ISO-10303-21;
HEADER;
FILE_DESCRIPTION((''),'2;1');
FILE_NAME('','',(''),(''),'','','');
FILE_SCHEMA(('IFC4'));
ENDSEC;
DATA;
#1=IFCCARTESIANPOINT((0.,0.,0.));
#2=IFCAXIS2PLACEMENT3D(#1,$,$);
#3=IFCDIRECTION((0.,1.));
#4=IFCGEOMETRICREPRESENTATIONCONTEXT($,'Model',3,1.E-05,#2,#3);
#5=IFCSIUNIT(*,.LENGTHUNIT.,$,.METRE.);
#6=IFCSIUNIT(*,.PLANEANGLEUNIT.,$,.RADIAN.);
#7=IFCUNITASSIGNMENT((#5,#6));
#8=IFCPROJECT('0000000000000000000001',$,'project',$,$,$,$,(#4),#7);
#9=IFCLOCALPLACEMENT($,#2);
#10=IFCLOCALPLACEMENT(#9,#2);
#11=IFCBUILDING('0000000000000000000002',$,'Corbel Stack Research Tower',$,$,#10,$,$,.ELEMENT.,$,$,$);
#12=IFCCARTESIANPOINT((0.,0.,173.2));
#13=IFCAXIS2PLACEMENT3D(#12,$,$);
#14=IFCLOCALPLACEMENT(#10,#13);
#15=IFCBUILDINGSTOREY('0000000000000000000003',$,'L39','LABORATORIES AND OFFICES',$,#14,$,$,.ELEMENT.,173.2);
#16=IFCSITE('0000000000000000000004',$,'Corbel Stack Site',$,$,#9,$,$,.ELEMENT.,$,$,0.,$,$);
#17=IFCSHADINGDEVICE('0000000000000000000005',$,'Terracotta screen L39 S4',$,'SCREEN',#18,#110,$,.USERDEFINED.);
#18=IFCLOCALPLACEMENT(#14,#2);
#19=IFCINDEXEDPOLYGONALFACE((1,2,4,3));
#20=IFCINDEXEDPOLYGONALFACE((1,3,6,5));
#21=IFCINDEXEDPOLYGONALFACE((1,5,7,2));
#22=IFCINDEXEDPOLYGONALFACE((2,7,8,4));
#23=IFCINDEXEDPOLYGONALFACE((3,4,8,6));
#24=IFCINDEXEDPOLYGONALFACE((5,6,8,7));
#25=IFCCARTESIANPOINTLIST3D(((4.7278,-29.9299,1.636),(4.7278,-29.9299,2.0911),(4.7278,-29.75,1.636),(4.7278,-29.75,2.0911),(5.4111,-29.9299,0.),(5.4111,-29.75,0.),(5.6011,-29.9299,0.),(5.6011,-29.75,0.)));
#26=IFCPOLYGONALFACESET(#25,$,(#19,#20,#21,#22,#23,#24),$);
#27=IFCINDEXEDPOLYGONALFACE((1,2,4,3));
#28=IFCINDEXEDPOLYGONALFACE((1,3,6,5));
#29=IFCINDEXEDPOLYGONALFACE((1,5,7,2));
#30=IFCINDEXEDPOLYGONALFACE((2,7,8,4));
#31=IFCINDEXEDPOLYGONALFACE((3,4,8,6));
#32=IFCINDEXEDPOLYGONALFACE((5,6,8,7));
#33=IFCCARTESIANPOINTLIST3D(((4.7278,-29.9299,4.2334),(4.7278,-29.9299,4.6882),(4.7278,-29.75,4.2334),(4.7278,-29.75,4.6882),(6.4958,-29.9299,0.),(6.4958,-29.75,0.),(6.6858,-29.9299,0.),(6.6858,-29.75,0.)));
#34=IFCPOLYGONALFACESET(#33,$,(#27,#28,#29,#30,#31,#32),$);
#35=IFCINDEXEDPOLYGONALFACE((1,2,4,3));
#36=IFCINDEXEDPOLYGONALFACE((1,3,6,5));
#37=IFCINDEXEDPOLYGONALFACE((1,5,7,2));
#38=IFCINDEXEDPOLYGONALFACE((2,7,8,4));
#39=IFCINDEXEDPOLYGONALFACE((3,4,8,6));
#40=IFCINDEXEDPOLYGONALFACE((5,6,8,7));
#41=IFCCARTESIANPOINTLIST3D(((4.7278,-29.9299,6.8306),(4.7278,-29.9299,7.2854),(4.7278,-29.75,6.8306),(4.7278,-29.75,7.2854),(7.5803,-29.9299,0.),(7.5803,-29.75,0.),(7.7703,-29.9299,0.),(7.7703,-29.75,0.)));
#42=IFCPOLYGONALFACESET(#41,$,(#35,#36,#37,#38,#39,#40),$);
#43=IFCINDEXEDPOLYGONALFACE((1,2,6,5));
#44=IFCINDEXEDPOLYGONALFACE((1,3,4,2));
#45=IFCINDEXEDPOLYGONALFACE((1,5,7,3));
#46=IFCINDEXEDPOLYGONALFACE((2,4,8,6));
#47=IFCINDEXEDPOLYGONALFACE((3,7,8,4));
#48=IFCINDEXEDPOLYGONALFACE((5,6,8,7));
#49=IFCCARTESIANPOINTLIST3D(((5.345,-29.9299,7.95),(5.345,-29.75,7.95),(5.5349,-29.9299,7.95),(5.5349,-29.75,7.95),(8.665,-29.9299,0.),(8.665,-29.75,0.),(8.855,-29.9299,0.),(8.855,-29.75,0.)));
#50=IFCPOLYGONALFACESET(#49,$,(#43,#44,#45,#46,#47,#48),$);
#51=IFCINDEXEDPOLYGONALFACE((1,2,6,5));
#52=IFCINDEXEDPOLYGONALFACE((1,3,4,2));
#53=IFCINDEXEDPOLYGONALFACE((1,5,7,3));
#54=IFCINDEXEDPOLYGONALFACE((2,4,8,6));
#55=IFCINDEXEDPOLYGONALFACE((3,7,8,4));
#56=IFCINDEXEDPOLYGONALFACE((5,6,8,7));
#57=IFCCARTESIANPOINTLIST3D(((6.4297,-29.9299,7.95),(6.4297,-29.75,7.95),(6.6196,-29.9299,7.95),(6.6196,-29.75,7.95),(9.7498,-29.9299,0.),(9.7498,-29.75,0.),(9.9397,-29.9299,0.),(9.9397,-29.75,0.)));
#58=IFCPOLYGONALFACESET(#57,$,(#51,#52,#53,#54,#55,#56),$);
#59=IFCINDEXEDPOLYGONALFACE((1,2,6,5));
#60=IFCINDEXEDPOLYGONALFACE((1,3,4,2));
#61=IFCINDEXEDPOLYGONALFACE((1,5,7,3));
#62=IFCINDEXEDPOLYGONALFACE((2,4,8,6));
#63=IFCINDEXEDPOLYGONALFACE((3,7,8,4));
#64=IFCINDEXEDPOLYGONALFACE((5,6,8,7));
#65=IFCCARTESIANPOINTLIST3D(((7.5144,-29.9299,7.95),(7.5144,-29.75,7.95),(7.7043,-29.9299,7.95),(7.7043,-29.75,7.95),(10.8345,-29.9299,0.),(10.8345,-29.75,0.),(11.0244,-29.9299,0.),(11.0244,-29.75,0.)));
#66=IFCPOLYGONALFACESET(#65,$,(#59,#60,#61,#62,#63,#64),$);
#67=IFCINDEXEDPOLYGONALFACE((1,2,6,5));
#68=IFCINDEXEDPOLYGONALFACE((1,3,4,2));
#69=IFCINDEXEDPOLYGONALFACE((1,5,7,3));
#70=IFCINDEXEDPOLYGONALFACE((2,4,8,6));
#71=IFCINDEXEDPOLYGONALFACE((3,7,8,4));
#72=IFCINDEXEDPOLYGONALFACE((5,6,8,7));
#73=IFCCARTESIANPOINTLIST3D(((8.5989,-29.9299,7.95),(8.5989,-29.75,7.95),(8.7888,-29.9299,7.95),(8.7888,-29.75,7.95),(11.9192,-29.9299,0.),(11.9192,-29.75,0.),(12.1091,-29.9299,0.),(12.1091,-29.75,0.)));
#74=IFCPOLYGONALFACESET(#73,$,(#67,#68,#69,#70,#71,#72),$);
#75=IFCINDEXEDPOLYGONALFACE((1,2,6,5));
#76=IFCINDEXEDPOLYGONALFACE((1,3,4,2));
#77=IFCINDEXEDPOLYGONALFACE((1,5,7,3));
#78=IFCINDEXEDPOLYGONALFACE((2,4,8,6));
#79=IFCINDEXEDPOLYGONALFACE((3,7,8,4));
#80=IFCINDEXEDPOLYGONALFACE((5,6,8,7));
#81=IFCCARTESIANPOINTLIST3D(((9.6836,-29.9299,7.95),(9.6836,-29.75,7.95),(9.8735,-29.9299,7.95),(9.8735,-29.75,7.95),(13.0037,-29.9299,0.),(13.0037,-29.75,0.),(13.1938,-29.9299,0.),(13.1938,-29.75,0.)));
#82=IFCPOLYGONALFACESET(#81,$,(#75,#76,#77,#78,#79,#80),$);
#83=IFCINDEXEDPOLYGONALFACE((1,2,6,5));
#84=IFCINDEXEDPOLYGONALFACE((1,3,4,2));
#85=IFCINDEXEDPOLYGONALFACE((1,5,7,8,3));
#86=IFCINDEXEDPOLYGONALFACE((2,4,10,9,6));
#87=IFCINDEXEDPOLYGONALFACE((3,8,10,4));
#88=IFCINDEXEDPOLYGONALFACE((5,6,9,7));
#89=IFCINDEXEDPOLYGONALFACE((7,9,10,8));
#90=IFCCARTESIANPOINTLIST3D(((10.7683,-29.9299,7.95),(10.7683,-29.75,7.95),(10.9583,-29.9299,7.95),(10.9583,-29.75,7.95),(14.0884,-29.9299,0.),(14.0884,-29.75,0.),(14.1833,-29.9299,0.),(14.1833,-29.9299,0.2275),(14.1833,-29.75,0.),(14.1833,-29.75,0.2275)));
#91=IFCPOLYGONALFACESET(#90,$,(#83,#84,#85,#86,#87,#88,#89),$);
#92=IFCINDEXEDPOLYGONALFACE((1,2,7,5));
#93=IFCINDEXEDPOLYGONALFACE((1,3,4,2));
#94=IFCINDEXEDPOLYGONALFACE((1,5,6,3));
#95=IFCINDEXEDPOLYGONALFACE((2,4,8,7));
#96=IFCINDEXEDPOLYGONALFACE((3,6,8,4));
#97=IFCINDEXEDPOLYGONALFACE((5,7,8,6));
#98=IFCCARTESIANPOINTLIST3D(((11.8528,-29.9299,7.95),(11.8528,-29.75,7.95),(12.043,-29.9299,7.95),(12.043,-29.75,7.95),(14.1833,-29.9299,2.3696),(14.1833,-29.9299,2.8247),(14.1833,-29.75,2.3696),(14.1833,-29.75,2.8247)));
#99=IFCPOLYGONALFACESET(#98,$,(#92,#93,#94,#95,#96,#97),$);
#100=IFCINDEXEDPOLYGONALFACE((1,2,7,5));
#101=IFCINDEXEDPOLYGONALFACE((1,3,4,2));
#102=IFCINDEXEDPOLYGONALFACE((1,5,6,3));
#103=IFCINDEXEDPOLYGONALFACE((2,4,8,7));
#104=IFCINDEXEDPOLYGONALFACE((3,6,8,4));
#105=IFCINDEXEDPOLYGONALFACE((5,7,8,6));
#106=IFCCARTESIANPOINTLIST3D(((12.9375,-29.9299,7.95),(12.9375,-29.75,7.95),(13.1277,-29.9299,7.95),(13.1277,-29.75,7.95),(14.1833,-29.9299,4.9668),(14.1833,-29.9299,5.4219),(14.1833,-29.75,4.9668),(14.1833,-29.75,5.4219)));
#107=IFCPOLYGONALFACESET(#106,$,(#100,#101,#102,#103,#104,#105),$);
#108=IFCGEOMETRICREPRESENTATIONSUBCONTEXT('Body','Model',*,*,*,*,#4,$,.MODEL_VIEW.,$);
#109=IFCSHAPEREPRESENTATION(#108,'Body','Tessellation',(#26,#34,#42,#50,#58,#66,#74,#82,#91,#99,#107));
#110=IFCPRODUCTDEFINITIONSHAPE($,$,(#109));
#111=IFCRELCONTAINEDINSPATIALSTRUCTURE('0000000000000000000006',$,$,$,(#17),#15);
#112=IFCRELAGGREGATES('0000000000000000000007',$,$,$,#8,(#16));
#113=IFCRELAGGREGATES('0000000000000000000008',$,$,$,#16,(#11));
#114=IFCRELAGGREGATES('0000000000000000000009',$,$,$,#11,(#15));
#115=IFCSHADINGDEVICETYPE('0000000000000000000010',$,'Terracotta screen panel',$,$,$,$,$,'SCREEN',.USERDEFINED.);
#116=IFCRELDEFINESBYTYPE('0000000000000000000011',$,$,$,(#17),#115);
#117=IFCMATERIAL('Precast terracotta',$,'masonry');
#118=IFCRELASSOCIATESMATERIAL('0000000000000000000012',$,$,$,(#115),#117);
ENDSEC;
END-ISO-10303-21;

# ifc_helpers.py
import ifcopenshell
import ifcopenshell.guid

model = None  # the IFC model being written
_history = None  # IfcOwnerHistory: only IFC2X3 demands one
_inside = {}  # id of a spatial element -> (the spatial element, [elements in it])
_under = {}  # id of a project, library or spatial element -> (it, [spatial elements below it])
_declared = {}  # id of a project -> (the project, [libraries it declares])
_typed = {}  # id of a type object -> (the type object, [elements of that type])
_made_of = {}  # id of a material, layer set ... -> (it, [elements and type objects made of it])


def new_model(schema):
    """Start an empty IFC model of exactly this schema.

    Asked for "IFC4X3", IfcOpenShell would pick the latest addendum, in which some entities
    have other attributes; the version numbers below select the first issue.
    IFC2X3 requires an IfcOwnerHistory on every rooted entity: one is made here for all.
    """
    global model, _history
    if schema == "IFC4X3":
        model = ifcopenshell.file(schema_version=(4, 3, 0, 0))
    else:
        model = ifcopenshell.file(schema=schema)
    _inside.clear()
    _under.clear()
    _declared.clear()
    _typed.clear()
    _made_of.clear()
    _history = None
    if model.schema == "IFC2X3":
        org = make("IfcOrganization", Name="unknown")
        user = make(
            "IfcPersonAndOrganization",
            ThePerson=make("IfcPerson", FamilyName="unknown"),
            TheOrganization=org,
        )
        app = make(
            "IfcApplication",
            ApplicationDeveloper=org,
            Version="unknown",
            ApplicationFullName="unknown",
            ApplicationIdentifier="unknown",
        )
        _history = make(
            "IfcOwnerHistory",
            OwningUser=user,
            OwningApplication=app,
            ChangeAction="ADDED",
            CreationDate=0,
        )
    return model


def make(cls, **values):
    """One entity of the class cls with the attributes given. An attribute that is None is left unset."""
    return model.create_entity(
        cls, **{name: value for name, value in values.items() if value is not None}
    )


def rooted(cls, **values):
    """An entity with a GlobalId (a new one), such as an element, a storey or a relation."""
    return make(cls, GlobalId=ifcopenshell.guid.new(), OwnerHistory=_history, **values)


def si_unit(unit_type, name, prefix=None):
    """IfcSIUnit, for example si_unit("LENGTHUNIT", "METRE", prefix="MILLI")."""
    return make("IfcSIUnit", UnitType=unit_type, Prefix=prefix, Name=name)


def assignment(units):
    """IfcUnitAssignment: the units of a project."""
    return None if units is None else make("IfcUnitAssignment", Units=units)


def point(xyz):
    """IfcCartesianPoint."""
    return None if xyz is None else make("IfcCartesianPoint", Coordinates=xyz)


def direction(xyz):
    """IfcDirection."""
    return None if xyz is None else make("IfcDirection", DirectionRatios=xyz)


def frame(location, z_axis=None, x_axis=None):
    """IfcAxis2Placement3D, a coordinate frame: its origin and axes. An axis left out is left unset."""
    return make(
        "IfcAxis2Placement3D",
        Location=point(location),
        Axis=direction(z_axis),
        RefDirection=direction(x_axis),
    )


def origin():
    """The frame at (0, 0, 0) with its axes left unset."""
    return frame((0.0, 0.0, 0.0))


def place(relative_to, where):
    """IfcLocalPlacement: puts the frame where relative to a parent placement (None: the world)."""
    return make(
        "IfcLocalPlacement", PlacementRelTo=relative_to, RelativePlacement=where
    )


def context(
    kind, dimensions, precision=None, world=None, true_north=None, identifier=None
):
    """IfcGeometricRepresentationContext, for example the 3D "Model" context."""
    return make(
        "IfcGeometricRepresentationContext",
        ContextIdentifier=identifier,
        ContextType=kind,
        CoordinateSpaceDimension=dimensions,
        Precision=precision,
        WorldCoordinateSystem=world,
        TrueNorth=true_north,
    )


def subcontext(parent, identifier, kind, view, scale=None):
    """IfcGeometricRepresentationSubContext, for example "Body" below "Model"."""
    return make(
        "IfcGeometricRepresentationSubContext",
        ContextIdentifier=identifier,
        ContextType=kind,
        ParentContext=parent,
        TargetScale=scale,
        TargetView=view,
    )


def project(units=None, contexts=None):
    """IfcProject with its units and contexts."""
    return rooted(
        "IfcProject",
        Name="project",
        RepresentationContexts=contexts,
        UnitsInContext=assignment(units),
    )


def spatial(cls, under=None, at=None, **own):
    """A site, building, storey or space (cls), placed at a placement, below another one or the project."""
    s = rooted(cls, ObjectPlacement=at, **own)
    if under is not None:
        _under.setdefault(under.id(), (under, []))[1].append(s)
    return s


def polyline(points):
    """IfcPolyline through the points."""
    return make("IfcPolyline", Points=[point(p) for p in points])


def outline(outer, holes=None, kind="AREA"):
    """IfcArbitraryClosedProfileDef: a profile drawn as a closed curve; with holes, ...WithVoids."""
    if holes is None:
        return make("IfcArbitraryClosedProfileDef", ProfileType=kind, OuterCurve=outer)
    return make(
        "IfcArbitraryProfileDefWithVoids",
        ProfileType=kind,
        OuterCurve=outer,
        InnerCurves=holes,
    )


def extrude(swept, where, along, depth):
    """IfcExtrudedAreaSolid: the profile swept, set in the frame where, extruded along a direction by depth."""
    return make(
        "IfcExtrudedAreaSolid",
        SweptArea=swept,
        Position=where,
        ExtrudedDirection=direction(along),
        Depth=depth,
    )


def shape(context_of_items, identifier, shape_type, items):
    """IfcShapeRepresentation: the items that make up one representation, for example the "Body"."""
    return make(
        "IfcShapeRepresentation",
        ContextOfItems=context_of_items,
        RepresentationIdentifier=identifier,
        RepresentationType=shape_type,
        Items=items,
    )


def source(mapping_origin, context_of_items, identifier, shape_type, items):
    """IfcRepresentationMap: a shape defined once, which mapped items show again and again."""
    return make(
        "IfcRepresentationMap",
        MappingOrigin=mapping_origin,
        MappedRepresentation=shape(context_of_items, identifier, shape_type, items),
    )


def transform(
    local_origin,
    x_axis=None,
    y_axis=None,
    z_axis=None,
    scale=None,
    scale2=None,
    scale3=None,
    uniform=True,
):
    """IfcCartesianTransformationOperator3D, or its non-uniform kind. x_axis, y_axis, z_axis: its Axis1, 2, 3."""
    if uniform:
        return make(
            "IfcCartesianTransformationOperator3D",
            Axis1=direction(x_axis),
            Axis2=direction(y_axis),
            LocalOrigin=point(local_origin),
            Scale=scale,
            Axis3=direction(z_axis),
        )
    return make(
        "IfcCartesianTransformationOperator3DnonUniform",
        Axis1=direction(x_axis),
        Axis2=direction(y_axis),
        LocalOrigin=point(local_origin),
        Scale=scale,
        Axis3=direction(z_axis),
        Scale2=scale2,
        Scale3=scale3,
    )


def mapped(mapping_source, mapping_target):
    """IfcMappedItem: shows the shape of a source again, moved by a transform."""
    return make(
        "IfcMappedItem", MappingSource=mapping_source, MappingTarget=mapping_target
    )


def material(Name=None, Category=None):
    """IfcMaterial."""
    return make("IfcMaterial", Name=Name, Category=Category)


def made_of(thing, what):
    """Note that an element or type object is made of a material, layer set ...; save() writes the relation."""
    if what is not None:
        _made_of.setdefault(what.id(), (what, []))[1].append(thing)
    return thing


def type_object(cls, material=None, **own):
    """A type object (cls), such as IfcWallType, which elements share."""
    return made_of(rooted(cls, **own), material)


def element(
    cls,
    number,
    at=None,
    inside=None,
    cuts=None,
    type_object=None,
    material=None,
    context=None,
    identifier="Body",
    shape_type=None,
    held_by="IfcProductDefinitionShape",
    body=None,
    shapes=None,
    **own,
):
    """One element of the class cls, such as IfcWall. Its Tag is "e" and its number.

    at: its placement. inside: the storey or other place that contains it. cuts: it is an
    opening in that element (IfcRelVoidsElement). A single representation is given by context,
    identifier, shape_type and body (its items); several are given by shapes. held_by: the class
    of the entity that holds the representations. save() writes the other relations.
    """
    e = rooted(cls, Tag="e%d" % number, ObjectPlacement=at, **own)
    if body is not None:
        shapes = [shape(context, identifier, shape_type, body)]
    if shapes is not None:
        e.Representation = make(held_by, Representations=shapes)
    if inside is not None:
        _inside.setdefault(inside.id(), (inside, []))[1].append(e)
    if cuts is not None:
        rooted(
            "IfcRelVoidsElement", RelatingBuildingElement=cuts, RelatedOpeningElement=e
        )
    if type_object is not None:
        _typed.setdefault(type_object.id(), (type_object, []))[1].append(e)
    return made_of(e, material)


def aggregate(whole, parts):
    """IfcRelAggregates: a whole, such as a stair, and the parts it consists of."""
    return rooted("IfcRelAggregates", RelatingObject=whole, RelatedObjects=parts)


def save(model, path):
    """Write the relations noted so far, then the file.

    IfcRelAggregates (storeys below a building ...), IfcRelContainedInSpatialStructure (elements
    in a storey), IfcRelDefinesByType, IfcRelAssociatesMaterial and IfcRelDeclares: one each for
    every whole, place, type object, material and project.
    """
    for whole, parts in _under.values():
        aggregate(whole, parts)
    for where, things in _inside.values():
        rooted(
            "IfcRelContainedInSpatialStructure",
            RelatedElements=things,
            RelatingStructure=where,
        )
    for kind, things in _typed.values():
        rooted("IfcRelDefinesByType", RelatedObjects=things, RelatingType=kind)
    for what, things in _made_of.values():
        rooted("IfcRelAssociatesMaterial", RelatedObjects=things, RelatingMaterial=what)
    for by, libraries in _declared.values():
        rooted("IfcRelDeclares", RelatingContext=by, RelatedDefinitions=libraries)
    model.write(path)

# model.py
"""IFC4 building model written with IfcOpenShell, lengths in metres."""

from ifc_helpers import new_model, si_unit, direction, frame, origin, place, context, subcontext, project, spatial, polyline, outline, extrude, source, transform, mapped, material, type_object, element, save


model = new_model("IFC4")

# Units and contexts
model_context = context("Model", 3, precision=1e-05, world=origin(), true_north=direction((0.0, 1.0)))
body_context = subcontext(model_context, "Body", "Model", "MODEL_VIEW")
ifc_project = project(units=[si_unit("LENGTHUNIT", "METRE"), si_unit("PLANEANGLEUNIT", "RADIAN")], contexts=[model_context])

# Site, building, storey
site_placement = place(None, origin())
site = spatial("IfcSite", under=ifc_project, at=site_placement, Name="Corbel Stack Site", CompositionType="ELEMENT", RefElevation=0.0)
building_placement = place(site_placement, origin())
building = spatial("IfcBuilding", under=site, at=building_placement, Name="Corbel Stack Research Tower", CompositionType="ELEMENT")
storey_placement = place(building_placement, frame((0.0, 0.0, 173.2)))
storey = spatial("IfcBuildingStorey", under=building, at=storey_placement, Name="L39", Description="LABORATORIES AND OFFICES", CompositionType="ELEMENT", Elevation=173.2)

# Shading device
ifc_material_1 = material(Name="Precast terracotta", Category="masonry")
shading_device_type = type_object("IfcShadingDeviceType", Name="Terracotta screen panel", ElementType="SCREEN", PredefinedType="USERDEFINED", material=ifc_material_1)
shared_shape = source(origin(), body_context, "Body", "SweptSolid", [
    extrude(outline(polyline([(0.8733, 0.0), (0.0, 2.0911), (0.0, 1.636), (0.6833, 0.0), (0.8733, 0.0)])), frame((0.0, 0.0, 0.0), z_axis=(0.0, -1.0, 0.0), x_axis=(1.0, 0.0, 0.0)), (0.0, 0.0, 1.0), 0.1799),
    extrude(outline(polyline([(1.958, 0.0), (0.0, 4.6882), (0.0, 4.2334), (1.7681, 0.0), (1.958, 0.0)])), frame((0.0, 0.0, 0.0), z_axis=(0.0, -1.0, 0.0), x_axis=(1.0, 0.0, 0.0)), (0.0, 0.0, 1.0), 0.1799),
    extrude(outline(polyline([(3.0425, 0.0), (0.0, 7.2854), (0.0, 6.8306), (2.8525, 0.0), (3.0425, 0.0)])), frame((0.0, 0.0, 0.0), z_axis=(0.0, -1.0, 0.0), x_axis=(1.0, 0.0, 0.0)), (0.0, 0.0, 1.0), 0.1799),
    extrude(outline(polyline([(4.1272, 0.0), (0.8071, 7.95), (0.6172, 7.95), (3.9373, 0.0), (4.1272, 0.0)])), frame((0.0, 0.0, 0.0), z_axis=(0.0, -1.0, 0.0), x_axis=(1.0, 0.0, 0.0)), (0.0, 0.0, 1.0), 0.1799),
    extrude(outline(polyline([(5.2119, 0.0), (1.8918, 7.95), (1.7019, 7.95), (5.022, 0.0), (5.2119, 0.0)])), frame((0.0, 0.0, 0.0), z_axis=(0.0, -1.0, 0.0), x_axis=(1.0, 0.0, 0.0)), (0.0, 0.0, 1.0), 0.1799),
    extrude(outline(polyline([(6.2966, 0.0), (2.9766, 7.95), (2.7866, 7.95), (6.1067, 0.0), (6.2966, 0.0)])), frame((0.0, 0.0, 0.0), z_axis=(0.0, -1.0, 0.0), x_axis=(1.0, 0.0, 0.0)), (0.0, 0.0, 1.0), 0.1799),
    extrude(outline(polyline([(7.3813, 0.0), (4.061, 7.95), (3.8711, 7.95), (7.1914, 0.0), (7.3813, 0.0)])), frame((0.0, 0.0, 0.0), z_axis=(0.0, -1.0, 0.0), x_axis=(1.0, 0.0, 0.0)), (0.0, 0.0, 1.0), 0.1799),
    extrude(outline(polyline([(8.4661, 0.0), (5.1458, 7.95), (4.9558, 7.95), (8.2759, 0.0), (8.4661, 0.0)])), frame((0.0, 0.0, 0.0), z_axis=(0.0, -1.0, 0.0), x_axis=(1.0, 0.0, 0.0)), (0.0, 0.0, 1.0), 0.1799),
    extrude(outline(polyline([(9.4556, 0.0), (9.4556, 0.2275), (6.2305, 7.95), (6.0405, 7.95), (9.3606, 0.0), (9.4556, 0.0)])), frame((0.0, 0.0, 0.0), z_axis=(0.0, -1.0, 0.0), x_axis=(1.0, 0.0, 0.0)), (0.0, 0.0, 1.0), 0.1799),
    extrude(outline(polyline([(7.3152, 7.95), (7.125, 7.95), (9.4556, 2.3696), (9.4556, 2.8247), (7.3152, 7.95)])), frame((0.0, 0.0, 0.0), z_axis=(0.0, -1.0, 0.0), x_axis=(1.0, 0.0, 0.0)), (0.0, 0.0, 1.0), 0.1799),
    extrude(outline(polyline([(8.3999, 7.95), (8.2097, 7.95), (9.4556, 4.9668), (9.4556, 5.4219), (8.3999, 7.95)])), frame((0.0, 0.0, 0.0), z_axis=(0.0, -1.0, 0.0), x_axis=(1.0, 0.0, 0.0)), (0.0, 0.0, 1.0), 0.1799),
])
shading_device_placement = place(storey_placement, frame((4.7278, -29.75, 0.0), z_axis=(0.0, 0.0, 1.0), x_axis=(1.0, 0.0, 0.0)))
element("IfcShadingDevice", 1, at=shading_device_placement, inside=storey, type_object=shading_device_type, Name="Terracotta screen L39 S4", ObjectType="SCREEN", PredefinedType="USERDEFINED", context=body_context, shape_type="MappedRepresentation", body=[
    mapped(shared_shape, transform((0.0, 0.0, 0.0))),
])

save(model, "model.ifc")
